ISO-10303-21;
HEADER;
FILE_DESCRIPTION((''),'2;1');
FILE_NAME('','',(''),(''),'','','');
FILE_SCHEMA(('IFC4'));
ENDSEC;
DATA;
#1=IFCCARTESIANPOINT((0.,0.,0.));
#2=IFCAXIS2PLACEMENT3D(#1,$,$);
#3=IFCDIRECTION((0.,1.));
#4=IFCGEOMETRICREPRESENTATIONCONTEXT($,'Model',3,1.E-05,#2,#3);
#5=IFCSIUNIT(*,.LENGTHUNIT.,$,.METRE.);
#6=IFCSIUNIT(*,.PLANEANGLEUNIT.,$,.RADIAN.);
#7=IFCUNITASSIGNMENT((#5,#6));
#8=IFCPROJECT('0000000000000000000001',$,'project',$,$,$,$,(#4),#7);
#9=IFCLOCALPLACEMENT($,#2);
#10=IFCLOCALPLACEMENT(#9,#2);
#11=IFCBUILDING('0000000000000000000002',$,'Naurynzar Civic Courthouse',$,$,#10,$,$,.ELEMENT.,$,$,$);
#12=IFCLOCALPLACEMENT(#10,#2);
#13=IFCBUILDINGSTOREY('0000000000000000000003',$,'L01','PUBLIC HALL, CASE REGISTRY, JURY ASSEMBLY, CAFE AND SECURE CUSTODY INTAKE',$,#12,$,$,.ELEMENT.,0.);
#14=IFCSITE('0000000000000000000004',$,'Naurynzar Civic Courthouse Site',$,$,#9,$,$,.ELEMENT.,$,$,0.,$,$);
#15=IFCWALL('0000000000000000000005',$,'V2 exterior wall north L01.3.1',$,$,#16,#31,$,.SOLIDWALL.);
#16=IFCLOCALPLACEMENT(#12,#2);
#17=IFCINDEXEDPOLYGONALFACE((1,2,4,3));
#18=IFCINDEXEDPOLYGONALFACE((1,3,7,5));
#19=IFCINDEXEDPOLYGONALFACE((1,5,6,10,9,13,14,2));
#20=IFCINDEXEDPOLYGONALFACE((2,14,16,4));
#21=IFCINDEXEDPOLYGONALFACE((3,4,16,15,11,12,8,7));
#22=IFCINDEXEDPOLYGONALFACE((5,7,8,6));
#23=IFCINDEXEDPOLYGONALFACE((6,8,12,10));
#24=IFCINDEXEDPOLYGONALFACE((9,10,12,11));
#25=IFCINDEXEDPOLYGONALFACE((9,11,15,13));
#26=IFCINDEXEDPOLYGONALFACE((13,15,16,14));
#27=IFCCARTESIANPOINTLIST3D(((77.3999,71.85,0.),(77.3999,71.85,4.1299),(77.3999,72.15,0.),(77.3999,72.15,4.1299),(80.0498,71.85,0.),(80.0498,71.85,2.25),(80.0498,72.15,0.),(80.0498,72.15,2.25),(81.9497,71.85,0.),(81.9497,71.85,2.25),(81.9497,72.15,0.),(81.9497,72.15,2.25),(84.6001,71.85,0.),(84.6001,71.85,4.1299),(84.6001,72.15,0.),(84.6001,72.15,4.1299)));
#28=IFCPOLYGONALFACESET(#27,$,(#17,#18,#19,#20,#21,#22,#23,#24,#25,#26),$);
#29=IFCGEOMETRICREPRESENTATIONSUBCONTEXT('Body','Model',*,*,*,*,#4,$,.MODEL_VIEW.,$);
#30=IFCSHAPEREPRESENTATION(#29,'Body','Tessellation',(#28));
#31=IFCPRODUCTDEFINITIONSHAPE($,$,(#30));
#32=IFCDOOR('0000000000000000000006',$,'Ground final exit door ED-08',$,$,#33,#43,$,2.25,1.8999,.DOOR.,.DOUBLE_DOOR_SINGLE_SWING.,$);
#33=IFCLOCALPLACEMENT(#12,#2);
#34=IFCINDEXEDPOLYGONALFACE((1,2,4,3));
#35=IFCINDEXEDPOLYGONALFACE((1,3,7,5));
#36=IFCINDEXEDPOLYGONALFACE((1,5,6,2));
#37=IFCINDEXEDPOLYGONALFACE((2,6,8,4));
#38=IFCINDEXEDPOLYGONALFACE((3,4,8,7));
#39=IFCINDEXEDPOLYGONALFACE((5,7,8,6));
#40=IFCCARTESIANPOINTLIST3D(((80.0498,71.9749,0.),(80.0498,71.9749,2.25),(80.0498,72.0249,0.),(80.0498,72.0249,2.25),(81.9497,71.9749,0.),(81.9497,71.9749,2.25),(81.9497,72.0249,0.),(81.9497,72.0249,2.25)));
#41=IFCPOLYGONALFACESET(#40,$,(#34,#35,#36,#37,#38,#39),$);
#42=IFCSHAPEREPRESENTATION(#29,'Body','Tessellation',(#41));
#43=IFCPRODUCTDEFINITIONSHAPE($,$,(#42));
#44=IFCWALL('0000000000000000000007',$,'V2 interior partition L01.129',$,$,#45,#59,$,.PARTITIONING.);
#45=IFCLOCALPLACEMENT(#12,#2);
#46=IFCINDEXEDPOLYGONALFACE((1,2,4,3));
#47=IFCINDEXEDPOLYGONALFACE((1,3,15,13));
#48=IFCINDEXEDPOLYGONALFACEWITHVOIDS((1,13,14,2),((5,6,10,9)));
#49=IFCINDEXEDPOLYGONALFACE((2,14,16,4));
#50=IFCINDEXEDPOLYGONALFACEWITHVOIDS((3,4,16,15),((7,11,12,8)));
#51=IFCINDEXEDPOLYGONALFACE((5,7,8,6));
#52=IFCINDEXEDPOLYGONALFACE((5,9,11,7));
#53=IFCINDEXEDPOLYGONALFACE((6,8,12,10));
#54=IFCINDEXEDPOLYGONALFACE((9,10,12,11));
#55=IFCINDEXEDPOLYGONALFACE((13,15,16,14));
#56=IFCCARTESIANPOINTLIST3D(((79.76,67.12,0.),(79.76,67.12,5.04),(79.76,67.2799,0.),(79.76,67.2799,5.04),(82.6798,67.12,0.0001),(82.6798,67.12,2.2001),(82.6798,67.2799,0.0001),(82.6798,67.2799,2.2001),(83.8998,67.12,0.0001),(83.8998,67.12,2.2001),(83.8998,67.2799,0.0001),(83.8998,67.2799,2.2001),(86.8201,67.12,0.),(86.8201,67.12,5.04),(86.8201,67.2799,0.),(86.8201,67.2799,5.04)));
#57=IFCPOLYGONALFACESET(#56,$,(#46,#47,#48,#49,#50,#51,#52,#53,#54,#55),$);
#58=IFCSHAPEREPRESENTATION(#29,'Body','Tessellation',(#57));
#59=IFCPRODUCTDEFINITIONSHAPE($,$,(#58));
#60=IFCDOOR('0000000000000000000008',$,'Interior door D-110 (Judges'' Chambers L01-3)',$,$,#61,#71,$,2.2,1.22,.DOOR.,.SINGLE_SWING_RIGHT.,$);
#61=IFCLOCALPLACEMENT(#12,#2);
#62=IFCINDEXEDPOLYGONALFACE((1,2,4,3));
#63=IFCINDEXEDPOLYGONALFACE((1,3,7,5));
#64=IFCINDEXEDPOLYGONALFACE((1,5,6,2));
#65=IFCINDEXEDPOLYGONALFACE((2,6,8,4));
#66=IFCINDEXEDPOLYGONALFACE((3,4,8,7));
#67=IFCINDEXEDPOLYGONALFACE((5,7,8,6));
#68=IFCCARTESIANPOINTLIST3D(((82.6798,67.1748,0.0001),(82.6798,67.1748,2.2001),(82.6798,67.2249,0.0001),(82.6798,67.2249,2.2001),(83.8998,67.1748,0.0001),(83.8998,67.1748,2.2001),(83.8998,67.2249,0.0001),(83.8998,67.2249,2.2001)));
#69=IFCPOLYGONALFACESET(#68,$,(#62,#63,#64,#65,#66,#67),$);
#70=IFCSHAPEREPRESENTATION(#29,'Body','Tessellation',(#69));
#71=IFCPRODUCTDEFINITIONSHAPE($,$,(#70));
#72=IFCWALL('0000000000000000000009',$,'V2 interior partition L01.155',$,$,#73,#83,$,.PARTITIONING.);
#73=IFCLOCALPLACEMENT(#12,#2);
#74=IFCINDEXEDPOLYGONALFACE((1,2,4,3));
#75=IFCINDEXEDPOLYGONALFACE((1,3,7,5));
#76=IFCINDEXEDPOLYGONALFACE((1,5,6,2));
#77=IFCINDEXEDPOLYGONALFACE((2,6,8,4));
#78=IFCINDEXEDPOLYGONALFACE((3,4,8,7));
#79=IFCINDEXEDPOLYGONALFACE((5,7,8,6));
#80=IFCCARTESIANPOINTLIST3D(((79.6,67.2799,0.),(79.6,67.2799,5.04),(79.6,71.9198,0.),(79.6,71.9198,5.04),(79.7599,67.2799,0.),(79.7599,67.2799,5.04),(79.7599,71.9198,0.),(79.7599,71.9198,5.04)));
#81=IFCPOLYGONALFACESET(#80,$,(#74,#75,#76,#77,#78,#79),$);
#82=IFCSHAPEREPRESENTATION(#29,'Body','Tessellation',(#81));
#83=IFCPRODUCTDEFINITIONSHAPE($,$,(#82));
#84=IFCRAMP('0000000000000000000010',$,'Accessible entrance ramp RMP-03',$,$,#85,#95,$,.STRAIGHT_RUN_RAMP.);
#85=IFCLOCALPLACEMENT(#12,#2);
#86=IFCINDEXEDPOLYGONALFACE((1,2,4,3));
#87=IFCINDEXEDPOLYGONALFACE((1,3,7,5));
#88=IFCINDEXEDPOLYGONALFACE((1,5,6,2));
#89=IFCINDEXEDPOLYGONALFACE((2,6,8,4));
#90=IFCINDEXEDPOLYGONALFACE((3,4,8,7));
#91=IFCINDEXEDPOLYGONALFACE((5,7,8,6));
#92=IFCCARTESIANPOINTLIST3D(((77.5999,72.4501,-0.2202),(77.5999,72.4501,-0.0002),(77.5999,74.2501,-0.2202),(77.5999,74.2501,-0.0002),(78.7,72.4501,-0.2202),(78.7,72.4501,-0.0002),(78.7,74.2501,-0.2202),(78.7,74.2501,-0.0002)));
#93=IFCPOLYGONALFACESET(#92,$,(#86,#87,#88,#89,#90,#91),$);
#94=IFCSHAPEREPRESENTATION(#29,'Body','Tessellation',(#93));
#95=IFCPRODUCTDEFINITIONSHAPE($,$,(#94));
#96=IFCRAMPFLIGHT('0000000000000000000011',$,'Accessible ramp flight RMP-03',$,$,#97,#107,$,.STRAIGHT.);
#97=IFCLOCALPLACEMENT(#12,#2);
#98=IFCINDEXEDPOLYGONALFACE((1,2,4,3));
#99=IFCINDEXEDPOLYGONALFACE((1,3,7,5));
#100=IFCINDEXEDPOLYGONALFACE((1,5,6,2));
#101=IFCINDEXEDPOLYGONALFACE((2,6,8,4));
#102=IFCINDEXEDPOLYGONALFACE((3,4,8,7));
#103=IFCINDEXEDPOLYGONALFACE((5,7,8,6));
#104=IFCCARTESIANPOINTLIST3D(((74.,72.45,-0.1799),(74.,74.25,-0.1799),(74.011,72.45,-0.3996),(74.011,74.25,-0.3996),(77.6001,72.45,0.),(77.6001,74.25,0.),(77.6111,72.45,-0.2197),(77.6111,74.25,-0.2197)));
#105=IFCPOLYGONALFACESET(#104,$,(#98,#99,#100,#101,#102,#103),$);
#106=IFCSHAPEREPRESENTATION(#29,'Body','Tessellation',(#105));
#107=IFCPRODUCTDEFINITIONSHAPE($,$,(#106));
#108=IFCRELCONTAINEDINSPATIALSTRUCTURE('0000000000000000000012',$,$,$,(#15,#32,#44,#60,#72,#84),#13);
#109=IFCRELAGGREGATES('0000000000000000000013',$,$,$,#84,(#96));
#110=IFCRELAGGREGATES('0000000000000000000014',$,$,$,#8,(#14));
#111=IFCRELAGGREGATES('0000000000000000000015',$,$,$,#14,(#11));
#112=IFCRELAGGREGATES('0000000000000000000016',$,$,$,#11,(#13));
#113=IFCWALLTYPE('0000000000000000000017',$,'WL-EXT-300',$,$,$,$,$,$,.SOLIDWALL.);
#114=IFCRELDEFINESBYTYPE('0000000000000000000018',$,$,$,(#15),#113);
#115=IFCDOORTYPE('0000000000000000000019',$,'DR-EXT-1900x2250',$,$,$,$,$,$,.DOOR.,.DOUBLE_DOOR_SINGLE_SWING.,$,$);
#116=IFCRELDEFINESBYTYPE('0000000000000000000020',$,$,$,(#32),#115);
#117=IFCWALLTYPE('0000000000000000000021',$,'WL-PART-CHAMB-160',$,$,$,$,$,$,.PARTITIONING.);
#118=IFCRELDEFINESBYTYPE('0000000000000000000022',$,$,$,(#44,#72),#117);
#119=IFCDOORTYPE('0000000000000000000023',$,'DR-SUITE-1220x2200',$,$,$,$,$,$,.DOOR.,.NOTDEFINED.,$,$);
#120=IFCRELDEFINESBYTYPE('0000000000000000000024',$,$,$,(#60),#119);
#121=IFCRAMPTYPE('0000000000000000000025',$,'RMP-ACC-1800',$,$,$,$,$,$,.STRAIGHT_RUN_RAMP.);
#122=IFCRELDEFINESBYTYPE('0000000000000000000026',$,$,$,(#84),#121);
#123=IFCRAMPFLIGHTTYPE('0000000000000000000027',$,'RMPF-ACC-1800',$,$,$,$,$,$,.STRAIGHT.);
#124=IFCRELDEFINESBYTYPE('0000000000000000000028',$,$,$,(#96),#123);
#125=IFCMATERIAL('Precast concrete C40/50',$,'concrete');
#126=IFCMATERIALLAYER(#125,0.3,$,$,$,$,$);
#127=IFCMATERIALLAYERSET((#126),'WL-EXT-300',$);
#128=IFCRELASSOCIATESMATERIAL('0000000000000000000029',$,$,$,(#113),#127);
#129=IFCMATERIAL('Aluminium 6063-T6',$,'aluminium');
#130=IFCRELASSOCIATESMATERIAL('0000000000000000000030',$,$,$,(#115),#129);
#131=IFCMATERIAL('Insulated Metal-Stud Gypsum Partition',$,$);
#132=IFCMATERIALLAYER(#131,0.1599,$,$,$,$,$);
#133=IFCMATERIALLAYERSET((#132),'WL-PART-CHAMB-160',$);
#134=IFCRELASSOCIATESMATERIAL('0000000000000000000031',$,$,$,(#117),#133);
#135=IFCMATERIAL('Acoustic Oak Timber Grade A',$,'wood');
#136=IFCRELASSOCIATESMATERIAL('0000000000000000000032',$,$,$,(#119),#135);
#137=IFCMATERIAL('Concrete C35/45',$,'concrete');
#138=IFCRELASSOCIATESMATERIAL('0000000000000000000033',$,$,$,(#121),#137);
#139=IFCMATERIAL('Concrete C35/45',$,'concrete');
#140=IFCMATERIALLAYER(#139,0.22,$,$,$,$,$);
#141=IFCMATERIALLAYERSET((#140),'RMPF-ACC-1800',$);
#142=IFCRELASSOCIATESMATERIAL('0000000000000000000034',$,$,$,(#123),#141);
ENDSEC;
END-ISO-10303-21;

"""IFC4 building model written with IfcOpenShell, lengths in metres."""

from ifc_helpers import new_model, si_unit, direction, frame, frame_2d, origin, origin_2d, place, context, subcontext, project, spatial, polyline, rectangle, outline, extrude, material, layer, layer_set, type_object, element, fill, aggregate, save


model = new_model("IFC4")

# Units and contexts
model_context = context("Model", 3, precision=1e-05, world=origin(), true_north=direction((0.0, 1.0)))
body_context = subcontext(model_context, "Body", "Model", "MODEL_VIEW")
ifc_project = project(units=[si_unit("LENGTHUNIT", "METRE"), si_unit("PLANEANGLEUNIT", "RADIAN")], contexts=[model_context])

# Site, building, storey
site_placement = place(None, origin())
site = spatial("IfcSite", under=ifc_project, at=site_placement, Name="Naurynzar Civic Courthouse Site", CompositionType="ELEMENT", RefElevation=0.0)
building_placement = place(site_placement, origin())
building = spatial("IfcBuilding", under=site, at=building_placement, Name="Naurynzar Civic Courthouse", CompositionType="ELEMENT")
storey_placement = place(building_placement, origin())
storey = spatial("IfcBuildingStorey", under=building, at=storey_placement, Name="L01", Description="PUBLIC HALL, CASE REGISTRY, JURY ASSEMBLY, CAFE AND SECURE CUSTODY INTAKE", CompositionType="ELEMENT", Elevation=0.0)

# Walls, openings, doors
ifc_material_1 = material(Name="Precast concrete C40/50", Category="concrete")
ifc_layer_1 = layer(ifc_material_1, 0.3)
ifc_layer_set_1 = layer_set([ifc_layer_1], Name="WL-EXT-300")
wall_type_1 = type_object("IfcWallType", Name="WL-EXT-300", PredefinedType="SOLIDWALL", material=ifc_layer_set_1)
wall_1_placement = place(storey_placement, frame((77.3999, 72.0, 0.0), z_axis=(0.0, 0.0, 1.0), x_axis=(1.0, 0.0, 0.0)))
wall_1 = element("IfcWall", 1, at=wall_1_placement, inside=storey, type_object=wall_type_1, Name="V2 exterior wall north L01.3.1", PredefinedType="SOLIDWALL", context=body_context, shape_type="SweptSolid", body=[
    extrude(rectangle(XDim=7.2002, YDim=0.3, at=frame_2d((3.6001, 0.0))), origin(), (0.0, 0.0, 1.0), 4.1299),
])
opening_1_placement = place(wall_1_placement, frame((2.6499, 0.0, 0.0)))
opening_1 = element("IfcOpeningElement", 2, at=opening_1_placement, cuts=wall_1, PredefinedType="OPENING", context=body_context, shape_type="SweptSolid", body=[
    extrude(rectangle(XDim=1.8999, YDim=2.25, at=frame_2d((0.95, 1.125))), frame((0.0, 0.1599, 0.0), z_axis=(0.0, -1.0, 0.0), x_axis=(1.0, 0.0, 0.0)), (0.0, 0.0, 1.0), 0.3201),
])
ifc_material_2 = material(Name="Aluminium 6063-T6", Category="aluminium")
door_type_1 = type_object("IfcDoorType", Name="DR-EXT-1900x2250", OperationType="DOUBLE_DOOR_SINGLE_SWING", PredefinedType="DOOR", material=ifc_material_2)
door_1_placement = place(opening_1_placement, origin())
door_1 = element("IfcDoor", 3, at=door_1_placement, inside=storey, type_object=door_type_1, Name="Ground final exit door ED-08", OperationType="DOUBLE_DOOR_SINGLE_SWING", OverallHeight=2.25, OverallWidth=1.8999, PredefinedType="DOOR", context=body_context, shape_type="SweptSolid", body=[
    extrude(rectangle(XDim=1.8999, YDim=2.25, at=frame_2d((0.95, 1.125))), frame((0.0, 0.0249, 0.0), z_axis=(0.0, -1.0, 0.0), x_axis=(1.0, 0.0, 0.0)), (0.0, 0.0, 1.0), 0.05),
])
fill(opening_1, door_1)
ifc_material_3 = material(Name="Insulated Metal-Stud Gypsum Partition")
ifc_layer_2 = layer(ifc_material_3, 0.1599)
ifc_layer_set_2 = layer_set([ifc_layer_2], Name="WL-PART-CHAMB-160")
wall_type_2 = type_object("IfcWallType", Name="WL-PART-CHAMB-160", PredefinedType="PARTITIONING", material=ifc_layer_set_2)
wall_2_placement = place(storey_placement, frame((79.76, 67.2, 0.0), z_axis=(0.0, 0.0, 1.0), x_axis=(1.0, 0.0, 0.0)))
wall_2 = element("IfcWall", 4, at=wall_2_placement, inside=storey, type_object=wall_type_2, Name="V2 interior partition L01.129", PredefinedType="PARTITIONING", context=body_context, shape_type="SweptSolid", body=[
    extrude(rectangle(XDim=7.0601, YDim=0.1599, at=frame_2d((3.53, 0.0))), origin(), (0.0, 0.0, 1.0), 5.04),
])
opening_2_placement = place(wall_2_placement, frame((2.9199, 0.0, 0.0)))
opening_2 = element("IfcOpeningElement", 5, at=opening_2_placement, cuts=wall_2, PredefinedType="OPENING", context=body_context, shape_type="SweptSolid", body=[
    extrude(rectangle(XDim=1.22, YDim=2.2, at=frame_2d((0.6099, 1.1001))), frame((0.0, 0.0898, 0.0), z_axis=(0.0, -1.0, 0.0), x_axis=(1.0, 0.0, 0.0)), (0.0, 0.0, 1.0), 0.1799),
])
ifc_material_4 = material(Name="Acoustic Oak Timber Grade A", Category="wood")
door_type_2 = type_object("IfcDoorType", Name="DR-SUITE-1220x2200", OperationType="NOTDEFINED", PredefinedType="DOOR", material=ifc_material_4)
door_2_placement = place(opening_2_placement, origin())
door_2 = element("IfcDoor", 6, at=door_2_placement, inside=storey, type_object=door_type_2, Name="Interior door D-110 (Judges' Chambers L01-3)", OperationType="SINGLE_SWING_RIGHT", OverallHeight=2.2, OverallWidth=1.22, PredefinedType="DOOR", context=body_context, shape_type="SweptSolid", body=[
    extrude(rectangle(XDim=1.22, YDim=2.2, at=frame_2d((0.6099, 1.1001))), frame((0.0, 0.0249, 0.0), z_axis=(0.0, -1.0, 0.0), x_axis=(1.0, 0.0, 0.0)), (0.0, 0.0, 1.0), 0.05),
])
fill(opening_2, door_2)

# Wall
wall_3_placement = place(storey_placement, frame((79.6799, 67.28, 0.0), z_axis=(0.0, 0.0, 1.0), x_axis=(0.0, 1.0, 0.0)))
element("IfcWall", 7, at=wall_3_placement, inside=storey, type_object=wall_type_2, Name="V2 interior partition L01.155", PredefinedType="PARTITIONING", context=body_context, shape_type="SweptSolid", body=[
    extrude(rectangle(XDim=4.6399, YDim=0.1599, at=frame_2d((2.3198, 0.0))), origin(), (0.0, 0.0, 1.0), 5.04),
])

# Ramp, ramp flight
ifc_material_5 = material(Name="Concrete C35/45", Category="concrete")
ramp_type = type_object("IfcRampType", Name="RMP-ACC-1800", PredefinedType="STRAIGHT_RUN_RAMP", material=ifc_material_5)
ramp_placement = place(storey_placement, frame((78.1499, 73.3501, -0.2202), z_axis=(0.0, 0.0, 1.0), x_axis=(1.0, 0.0, 0.0)))
ramp = element("IfcRamp", 8, at=ramp_placement, inside=storey, type_object=ramp_type, Name="Accessible entrance ramp RMP-03", PredefinedType="STRAIGHT_RUN_RAMP", context=body_context, shape_type="SweptSolid", body=[
    extrude(rectangle(XDim=1.1001, YDim=1.8, at=origin_2d()), origin(), (0.0, 0.0, 1.0), 0.22),
])
ifc_material_6 = material(Name="Concrete C35/45", Category="concrete")
ifc_layer_3 = layer(ifc_material_6, 0.22)
ifc_layer_set_3 = layer_set([ifc_layer_3], Name="RMPF-ACC-1800")
ramp_flight_type = type_object("IfcRampFlightType", Name="RMPF-ACC-1800", PredefinedType="STRAIGHT", material=ifc_layer_set_3)
ramp_flight_placement = place(storey_placement, frame((74.0, 72.45, -0.1799), z_axis=(-0.049917, 0.0, 0.998753), x_axis=(0.998753, 0.0, 0.049917)))
ramp_flight = element("IfcRampFlight", 9, at=ramp_flight_placement, type_object=ramp_flight_type, Name="Accessible ramp flight RMP-03", PredefinedType="STRAIGHT", context=body_context, shape_type="SweptSolid", body=[
    extrude(outline(polyline([(0.0, 0.0), (3.6046, 0.0), (3.6046, 1.8), (0.0, 1.8), (0.0, 0.0)])), origin(), (0.0, 0.0, -1.0), 0.22),
])
aggregate(ramp, [ramp_flight])

save(model, "model.ifc")
